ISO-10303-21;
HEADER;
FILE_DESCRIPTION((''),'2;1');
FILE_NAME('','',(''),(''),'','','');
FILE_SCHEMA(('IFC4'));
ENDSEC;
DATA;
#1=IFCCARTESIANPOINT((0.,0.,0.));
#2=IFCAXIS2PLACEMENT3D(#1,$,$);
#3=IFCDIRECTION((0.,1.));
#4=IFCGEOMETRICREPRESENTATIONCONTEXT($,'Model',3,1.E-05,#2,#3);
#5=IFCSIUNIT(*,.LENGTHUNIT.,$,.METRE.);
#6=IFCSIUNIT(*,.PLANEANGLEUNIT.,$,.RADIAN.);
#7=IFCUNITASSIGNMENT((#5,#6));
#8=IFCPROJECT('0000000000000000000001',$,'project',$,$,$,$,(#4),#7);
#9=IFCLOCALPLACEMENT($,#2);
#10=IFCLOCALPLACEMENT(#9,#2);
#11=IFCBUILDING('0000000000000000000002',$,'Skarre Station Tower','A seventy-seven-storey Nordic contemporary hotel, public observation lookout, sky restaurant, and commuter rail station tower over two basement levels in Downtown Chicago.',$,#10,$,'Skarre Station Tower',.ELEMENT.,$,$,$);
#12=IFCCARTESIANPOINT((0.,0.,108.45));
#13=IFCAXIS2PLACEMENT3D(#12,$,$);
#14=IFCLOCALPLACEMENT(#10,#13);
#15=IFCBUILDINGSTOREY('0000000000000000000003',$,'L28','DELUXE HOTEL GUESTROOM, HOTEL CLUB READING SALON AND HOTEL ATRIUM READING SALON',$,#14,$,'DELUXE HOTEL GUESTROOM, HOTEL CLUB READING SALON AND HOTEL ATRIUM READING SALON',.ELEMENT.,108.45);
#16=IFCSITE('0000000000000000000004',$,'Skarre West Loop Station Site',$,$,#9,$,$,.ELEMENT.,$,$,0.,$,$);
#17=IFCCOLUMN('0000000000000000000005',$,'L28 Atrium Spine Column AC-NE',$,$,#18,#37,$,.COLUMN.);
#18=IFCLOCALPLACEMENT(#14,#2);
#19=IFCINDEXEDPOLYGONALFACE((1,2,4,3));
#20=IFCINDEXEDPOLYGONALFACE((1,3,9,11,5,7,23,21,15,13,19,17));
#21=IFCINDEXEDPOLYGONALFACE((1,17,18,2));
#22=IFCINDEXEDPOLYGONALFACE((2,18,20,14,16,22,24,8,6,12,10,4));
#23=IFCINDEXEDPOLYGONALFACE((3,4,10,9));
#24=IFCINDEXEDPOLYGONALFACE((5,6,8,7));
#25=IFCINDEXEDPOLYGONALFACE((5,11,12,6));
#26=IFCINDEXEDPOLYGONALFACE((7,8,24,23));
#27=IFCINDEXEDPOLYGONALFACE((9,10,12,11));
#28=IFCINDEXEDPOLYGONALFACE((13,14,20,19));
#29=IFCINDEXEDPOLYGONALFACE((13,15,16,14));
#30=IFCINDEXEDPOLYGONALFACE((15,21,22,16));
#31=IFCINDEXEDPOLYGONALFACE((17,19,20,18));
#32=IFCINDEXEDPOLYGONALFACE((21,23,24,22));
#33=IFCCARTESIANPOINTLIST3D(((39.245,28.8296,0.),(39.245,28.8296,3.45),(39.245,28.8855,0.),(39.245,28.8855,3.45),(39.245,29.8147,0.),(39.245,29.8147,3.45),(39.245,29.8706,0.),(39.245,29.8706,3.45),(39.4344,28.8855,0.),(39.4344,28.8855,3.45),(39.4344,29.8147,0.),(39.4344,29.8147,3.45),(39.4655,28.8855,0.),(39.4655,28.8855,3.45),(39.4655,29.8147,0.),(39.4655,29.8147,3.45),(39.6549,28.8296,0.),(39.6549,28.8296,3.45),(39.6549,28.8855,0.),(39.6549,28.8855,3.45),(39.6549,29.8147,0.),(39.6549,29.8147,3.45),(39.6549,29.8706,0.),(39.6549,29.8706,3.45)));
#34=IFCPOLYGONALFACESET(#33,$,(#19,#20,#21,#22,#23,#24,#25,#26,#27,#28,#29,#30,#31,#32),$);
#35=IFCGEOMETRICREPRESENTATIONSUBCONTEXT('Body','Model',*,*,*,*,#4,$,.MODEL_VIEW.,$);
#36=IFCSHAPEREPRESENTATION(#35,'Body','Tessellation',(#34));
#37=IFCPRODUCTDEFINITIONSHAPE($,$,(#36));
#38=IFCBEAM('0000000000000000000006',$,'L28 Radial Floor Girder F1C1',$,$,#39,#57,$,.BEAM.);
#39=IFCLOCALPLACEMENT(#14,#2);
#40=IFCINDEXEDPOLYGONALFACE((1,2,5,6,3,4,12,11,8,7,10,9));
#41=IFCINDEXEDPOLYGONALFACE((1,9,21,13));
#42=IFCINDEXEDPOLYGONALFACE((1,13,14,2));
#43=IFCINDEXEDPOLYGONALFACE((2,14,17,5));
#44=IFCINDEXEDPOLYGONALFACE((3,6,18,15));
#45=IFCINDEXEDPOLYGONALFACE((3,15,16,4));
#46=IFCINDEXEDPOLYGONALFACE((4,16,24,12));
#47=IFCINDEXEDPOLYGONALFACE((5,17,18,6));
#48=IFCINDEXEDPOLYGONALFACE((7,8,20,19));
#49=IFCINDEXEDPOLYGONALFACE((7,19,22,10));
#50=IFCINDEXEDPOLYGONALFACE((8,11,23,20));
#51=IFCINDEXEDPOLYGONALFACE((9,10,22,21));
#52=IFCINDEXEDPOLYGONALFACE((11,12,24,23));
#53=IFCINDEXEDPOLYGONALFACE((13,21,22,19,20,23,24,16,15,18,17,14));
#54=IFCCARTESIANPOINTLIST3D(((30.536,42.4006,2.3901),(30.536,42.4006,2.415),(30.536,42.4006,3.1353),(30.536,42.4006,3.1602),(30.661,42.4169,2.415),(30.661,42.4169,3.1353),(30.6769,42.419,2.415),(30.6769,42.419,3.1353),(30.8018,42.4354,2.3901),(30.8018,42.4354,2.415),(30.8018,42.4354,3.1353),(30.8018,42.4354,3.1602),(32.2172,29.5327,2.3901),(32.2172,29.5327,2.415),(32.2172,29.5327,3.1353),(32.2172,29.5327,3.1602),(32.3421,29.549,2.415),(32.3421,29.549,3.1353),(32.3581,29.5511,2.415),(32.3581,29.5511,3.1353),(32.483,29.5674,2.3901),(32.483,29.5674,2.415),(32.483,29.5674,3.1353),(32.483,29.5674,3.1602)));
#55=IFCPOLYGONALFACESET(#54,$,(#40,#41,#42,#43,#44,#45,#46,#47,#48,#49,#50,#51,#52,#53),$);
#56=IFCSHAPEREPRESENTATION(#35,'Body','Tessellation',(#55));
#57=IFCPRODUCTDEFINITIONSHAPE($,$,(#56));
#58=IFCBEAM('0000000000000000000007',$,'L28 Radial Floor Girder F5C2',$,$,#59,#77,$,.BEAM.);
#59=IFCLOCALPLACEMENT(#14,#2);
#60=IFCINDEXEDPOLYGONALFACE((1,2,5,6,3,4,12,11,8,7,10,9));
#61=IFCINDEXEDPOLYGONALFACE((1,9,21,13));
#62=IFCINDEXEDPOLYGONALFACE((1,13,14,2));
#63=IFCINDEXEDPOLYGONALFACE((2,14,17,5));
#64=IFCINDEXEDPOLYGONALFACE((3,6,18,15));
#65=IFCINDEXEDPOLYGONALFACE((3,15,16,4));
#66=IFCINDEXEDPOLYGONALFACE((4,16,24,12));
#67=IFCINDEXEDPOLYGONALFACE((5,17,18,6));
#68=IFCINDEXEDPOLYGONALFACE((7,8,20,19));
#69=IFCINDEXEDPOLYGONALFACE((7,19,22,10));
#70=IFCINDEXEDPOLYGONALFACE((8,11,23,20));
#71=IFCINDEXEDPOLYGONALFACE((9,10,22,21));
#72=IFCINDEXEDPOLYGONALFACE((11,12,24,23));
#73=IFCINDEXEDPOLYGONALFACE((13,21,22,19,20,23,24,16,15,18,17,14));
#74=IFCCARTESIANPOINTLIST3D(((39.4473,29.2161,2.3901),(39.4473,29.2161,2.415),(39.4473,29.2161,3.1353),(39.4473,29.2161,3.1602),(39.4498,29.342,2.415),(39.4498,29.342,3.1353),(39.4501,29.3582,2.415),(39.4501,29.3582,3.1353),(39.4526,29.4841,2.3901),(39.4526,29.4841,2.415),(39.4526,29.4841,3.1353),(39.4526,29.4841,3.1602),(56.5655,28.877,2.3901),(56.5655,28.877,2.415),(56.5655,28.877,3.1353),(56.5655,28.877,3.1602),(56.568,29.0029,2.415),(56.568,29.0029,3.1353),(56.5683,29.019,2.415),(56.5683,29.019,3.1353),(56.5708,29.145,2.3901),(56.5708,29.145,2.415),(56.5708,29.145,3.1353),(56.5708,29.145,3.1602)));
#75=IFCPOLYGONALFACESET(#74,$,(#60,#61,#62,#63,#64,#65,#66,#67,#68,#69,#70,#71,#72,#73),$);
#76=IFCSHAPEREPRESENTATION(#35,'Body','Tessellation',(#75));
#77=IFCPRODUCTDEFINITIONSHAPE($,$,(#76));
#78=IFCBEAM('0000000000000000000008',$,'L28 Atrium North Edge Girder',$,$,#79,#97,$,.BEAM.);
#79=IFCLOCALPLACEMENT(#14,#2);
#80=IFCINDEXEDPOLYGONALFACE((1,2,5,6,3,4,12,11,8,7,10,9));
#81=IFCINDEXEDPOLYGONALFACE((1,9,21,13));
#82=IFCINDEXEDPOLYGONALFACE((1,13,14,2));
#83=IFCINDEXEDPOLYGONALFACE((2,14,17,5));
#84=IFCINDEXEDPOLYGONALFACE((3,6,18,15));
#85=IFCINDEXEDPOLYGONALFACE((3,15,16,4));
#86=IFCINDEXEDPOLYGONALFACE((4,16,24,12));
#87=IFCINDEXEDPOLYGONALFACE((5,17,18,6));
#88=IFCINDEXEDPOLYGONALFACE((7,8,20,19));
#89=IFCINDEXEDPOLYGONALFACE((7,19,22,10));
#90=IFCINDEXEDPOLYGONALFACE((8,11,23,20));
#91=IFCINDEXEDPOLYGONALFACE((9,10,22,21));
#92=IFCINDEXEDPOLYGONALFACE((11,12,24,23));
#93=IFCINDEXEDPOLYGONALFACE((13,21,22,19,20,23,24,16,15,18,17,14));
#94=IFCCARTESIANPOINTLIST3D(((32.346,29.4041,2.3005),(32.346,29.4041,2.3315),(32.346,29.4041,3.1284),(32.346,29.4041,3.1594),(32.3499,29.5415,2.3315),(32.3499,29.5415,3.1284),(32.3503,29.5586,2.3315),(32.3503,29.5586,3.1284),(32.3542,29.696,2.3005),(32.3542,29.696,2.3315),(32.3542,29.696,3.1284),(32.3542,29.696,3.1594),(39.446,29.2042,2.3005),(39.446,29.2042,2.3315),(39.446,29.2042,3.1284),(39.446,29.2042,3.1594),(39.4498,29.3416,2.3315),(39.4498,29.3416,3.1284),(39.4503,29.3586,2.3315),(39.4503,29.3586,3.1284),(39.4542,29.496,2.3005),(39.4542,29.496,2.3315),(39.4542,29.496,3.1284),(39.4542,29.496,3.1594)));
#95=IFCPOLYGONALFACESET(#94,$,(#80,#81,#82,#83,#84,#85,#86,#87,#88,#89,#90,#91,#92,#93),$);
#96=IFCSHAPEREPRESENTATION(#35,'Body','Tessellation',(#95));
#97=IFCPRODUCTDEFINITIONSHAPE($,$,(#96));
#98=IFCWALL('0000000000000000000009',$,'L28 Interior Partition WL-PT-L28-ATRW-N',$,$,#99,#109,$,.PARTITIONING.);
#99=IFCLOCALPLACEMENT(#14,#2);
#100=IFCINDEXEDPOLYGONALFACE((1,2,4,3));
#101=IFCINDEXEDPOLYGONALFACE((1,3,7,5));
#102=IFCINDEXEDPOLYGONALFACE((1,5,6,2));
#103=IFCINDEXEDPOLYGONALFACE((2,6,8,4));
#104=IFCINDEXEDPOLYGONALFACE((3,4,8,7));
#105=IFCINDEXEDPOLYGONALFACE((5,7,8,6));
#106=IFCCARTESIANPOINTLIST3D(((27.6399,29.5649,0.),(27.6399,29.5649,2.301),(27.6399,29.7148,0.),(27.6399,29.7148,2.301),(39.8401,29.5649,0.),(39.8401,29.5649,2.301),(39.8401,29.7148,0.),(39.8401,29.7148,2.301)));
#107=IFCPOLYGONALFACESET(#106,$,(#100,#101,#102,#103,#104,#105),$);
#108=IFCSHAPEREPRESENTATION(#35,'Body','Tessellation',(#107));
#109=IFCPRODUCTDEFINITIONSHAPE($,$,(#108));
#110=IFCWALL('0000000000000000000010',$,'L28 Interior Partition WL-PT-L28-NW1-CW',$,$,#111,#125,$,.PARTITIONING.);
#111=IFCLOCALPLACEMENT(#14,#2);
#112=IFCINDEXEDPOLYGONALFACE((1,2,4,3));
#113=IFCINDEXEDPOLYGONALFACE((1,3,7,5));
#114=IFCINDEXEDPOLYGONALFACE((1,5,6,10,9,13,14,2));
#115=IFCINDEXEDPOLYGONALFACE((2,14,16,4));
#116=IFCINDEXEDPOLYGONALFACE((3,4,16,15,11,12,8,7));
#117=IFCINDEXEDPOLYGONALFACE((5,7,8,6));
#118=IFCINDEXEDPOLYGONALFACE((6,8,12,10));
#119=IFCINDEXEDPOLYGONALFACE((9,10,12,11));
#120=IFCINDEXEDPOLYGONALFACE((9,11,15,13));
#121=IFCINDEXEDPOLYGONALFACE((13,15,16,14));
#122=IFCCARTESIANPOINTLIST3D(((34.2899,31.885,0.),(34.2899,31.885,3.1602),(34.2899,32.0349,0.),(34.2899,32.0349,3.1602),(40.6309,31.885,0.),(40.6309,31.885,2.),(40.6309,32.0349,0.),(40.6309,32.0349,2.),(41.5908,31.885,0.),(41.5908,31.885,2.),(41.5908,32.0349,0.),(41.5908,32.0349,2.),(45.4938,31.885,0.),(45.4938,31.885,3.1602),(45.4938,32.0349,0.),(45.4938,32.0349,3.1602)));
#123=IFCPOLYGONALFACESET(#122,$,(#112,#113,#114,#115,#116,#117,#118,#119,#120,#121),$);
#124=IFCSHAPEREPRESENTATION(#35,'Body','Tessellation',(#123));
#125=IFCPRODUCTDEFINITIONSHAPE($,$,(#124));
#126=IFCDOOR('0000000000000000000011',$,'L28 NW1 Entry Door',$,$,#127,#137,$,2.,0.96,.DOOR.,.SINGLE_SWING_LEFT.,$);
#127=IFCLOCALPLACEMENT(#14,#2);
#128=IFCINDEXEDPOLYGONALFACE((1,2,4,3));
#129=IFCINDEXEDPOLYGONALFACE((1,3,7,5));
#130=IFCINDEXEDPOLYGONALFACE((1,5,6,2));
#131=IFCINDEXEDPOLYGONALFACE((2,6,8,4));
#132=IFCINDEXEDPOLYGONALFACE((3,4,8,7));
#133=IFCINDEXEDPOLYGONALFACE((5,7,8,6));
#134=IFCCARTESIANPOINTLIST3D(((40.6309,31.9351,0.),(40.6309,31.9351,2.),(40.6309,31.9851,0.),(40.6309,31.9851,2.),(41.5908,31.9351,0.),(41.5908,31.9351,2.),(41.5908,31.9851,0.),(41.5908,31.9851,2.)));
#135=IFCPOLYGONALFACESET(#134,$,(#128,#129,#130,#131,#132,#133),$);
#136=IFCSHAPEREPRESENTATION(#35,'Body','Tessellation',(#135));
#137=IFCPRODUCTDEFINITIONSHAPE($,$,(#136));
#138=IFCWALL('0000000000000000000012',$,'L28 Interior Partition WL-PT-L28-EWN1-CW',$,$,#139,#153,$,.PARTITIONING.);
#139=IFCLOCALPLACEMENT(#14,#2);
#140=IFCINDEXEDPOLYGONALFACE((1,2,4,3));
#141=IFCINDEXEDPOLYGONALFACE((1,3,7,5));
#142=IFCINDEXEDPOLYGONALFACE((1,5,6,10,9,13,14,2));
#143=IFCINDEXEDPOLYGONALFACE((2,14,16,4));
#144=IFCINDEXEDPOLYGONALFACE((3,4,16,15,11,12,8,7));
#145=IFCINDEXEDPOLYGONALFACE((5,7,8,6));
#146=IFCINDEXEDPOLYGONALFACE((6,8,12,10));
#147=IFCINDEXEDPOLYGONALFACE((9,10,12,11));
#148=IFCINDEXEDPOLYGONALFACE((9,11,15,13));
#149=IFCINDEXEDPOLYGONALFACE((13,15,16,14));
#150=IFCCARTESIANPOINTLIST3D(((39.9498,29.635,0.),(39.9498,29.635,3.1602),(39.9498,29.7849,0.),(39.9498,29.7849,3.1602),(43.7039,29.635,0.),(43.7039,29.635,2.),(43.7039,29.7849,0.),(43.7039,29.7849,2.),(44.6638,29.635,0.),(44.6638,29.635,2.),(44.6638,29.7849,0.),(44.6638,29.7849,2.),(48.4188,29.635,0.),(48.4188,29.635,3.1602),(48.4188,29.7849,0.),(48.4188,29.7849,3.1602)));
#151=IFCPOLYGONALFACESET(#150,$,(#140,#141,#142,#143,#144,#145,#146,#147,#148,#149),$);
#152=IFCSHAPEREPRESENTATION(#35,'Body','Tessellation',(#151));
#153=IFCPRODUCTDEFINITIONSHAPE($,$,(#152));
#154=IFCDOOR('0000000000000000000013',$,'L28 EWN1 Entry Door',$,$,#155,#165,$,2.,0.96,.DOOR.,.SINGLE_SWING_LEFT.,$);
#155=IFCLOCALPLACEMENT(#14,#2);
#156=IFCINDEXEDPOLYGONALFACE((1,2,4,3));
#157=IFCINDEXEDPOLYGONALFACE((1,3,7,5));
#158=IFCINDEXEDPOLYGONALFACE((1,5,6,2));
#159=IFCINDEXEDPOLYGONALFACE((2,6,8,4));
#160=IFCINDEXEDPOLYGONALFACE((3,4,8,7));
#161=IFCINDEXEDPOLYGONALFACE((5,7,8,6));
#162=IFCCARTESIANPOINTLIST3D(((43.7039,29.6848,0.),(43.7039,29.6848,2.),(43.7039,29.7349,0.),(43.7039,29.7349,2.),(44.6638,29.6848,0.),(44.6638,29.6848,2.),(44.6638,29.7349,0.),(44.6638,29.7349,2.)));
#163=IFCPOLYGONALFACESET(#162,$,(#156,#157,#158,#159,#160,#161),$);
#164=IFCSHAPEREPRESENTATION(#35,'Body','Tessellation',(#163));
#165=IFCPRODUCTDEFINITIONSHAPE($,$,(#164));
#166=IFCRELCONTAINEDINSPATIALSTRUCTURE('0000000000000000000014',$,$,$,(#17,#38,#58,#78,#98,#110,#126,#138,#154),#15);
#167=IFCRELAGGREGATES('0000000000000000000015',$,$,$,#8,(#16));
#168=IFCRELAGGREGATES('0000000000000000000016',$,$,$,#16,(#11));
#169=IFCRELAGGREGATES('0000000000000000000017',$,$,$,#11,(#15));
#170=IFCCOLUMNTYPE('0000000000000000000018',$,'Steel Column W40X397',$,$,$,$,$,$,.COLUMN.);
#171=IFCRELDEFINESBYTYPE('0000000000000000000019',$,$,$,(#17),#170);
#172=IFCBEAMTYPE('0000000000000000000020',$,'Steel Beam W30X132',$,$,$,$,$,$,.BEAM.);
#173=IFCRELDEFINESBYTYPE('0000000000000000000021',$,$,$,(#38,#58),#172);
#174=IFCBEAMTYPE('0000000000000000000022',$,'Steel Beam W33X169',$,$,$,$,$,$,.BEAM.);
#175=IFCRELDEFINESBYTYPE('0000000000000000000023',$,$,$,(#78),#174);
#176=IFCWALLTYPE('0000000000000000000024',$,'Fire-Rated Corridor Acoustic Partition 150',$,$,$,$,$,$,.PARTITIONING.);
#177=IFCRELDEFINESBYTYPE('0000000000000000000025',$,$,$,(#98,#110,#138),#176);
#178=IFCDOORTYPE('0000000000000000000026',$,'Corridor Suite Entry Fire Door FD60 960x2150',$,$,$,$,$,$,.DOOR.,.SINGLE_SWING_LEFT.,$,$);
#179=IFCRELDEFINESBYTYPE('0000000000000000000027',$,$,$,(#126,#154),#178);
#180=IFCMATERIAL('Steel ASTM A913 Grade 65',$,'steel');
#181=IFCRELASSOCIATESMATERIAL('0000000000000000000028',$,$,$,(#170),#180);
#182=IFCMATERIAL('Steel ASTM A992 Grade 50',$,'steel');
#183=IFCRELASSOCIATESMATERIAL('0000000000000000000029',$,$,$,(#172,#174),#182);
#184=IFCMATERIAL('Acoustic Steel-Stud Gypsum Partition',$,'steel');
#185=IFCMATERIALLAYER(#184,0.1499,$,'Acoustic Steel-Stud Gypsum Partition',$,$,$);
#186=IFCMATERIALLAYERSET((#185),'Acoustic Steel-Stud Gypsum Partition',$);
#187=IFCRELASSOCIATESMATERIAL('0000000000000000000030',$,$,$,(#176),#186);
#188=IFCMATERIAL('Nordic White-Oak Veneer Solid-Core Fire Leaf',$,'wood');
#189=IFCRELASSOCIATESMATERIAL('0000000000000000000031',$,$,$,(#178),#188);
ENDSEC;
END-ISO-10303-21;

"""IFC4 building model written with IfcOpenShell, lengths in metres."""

from ifc_helpers import new_model, si_unit, direction, frame, frame_2d, origin, origin_2d, place, context, subcontext, project, spatial, rectangle, i_section, extrude, material, layer, layer_set, material_profile, profile_set, type_object, element, fill, save


model = new_model("IFC4")

# Units and contexts
model_context = context("Model", 3, precision=1e-05, world=origin(), true_north=direction((0.0, 1.0)))
body_context = subcontext(model_context, "Body", "Model", "MODEL_VIEW")
ifc_project = project(units=[si_unit("LENGTHUNIT", "METRE"), si_unit("PLANEANGLEUNIT", "RADIAN")], contexts=[model_context])

# Site, building, storey
site_placement = place(None, origin())
site = spatial("IfcSite", under=ifc_project, at=site_placement, Name="Skarre West Loop Station Site", CompositionType="ELEMENT", RefElevation=0.0)
building_placement = place(site_placement, origin())
building = spatial("IfcBuilding", under=site, at=building_placement, Name="Skarre Station Tower", Description="A seventy-seven-storey Nordic contemporary hotel, public observation lookout, sky restaurant, and commuter rail station tower over two basement levels in Downtown Chicago.", LongName="Skarre Station Tower", CompositionType="ELEMENT")
storey_placement = place(building_placement, frame((0.0, 0.0, 108.45)))
storey = spatial("IfcBuildingStorey", under=building, at=storey_placement, Name="L28", Description="DELUXE HOTEL GUESTROOM, HOTEL CLUB READING SALON AND HOTEL ATRIUM READING SALON", LongName="DELUXE HOTEL GUESTROOM, HOTEL CLUB READING SALON AND HOTEL ATRIUM READING SALON", CompositionType="ELEMENT", Elevation=108.45)

# Column
ifc_material_1 = material(Name="Steel ASTM A913 Grade 65", Category="steel")
ifc_material_profile_1 = material_profile(ifc_material_1, i_section(OverallWidth=0.4099, OverallDepth=1.041, WebThickness=0.031, FlangeThickness=0.0559, at=origin_2d()), Name="Steel ASTM A913 Grade 65")
ifc_profile_set_1 = profile_set([ifc_material_profile_1], Name="Steel ASTM A913 Grade 65")
column_type = type_object("IfcColumnType", Name="Steel Column W40X397", PredefinedType="COLUMN", material=ifc_profile_set_1)
column_placement = place(storey_placement, frame((39.45, 29.3501, 0.0), z_axis=(0.0, 0.0, 1.0), x_axis=(1.0, 0.0, 0.0)))
element("IfcColumn", 1, at=column_placement, inside=storey, type_object=column_type, Name="L28 Atrium Spine Column AC-NE", PredefinedType="COLUMN", context=body_context, shape_type="SweptSolid", body=[
    extrude(i_section(OverallWidth=0.4099, OverallDepth=1.041, WebThickness=0.031, FlangeThickness=0.0559, at=origin_2d()), origin(), (0.0, 0.0, 1.0), 3.45),
])

# Beams
ifc_material_2 = material(Name="Steel ASTM A992 Grade 50", Category="steel")
ifc_material_profile_2 = material_profile(ifc_material_2, i_section(OverallWidth=0.2681, OverallDepth=0.77, WebThickness=0.0161, FlangeThickness=0.0249, at=origin_2d()), Name="Steel ASTM A992 Grade 50")
ifc_profile_set_2 = profile_set([ifc_material_profile_2], Name="Steel ASTM A992 Grade 50")
beam_type_1 = type_object("IfcBeamType", Name="Steel Beam W30X132", PredefinedType="BEAM", material=ifc_profile_set_2)
beam_1_placement = place(storey_placement, frame((32.3501, 29.55, 2.7751), z_axis=(-0.129546, 0.991573, 0.0), x_axis=(-0.991573, -0.129546, 0.0)))
element("IfcBeam", 2, at=beam_1_placement, inside=storey, type_object=beam_type_1, Name="L28 Radial Floor Girder F1C1", PredefinedType="BEAM", context=body_context, shape_type="SweptSolid", body=[
    extrude(i_section(OverallWidth=0.2681, OverallDepth=0.77, WebThickness=0.0161, FlangeThickness=0.0249, at=origin_2d()), origin(), (0.0, 0.0, 1.0), 12.9773),
])
beam_2_placement = place(storey_placement, frame((39.45, 29.3501, 2.7751), z_axis=(0.999804, -0.019806, 0.0), x_axis=(0.019806, 0.999804, 0.0)))
element("IfcBeam", 3, at=beam_2_placement, inside=storey, type_object=beam_type_1, Name="L28 Radial Floor Girder F5C2", PredefinedType="BEAM", context=body_context, shape_type="SweptSolid", body=[
    extrude(i_section(OverallWidth=0.2681, OverallDepth=0.77, WebThickness=0.0161, FlangeThickness=0.0249, at=origin_2d()), origin(), (0.0, 0.0, 1.0), 17.1216),
])
ifc_material_profile_3 = material_profile(ifc_material_2, i_section(OverallWidth=0.292, OverallDepth=0.8589, WebThickness=0.0171, FlangeThickness=0.031, at=origin_2d()), Name="Steel ASTM A992 Grade 50")
ifc_profile_set_3 = profile_set([ifc_material_profile_3], Name="Steel ASTM A992 Grade 50")
beam_type_2 = type_object("IfcBeamType", Name="Steel Beam W33X169", PredefinedType="BEAM", material=ifc_profile_set_3)
beam_3_placement = place(storey_placement, frame((32.3501, 29.55, 2.73), z_axis=(0.999604, -0.028152, 0.0), x_axis=(0.028152, 0.999604, 0.0)))
element("IfcBeam", 4, at=beam_3_placement, inside=storey, type_object=beam_type_2, Name="L28 Atrium North Edge Girder", PredefinedType="BEAM", context=body_context, shape_type="SweptSolid", body=[
    extrude(i_section(OverallWidth=0.292, OverallDepth=0.8589, WebThickness=0.0171, FlangeThickness=0.031, at=origin_2d()), origin(), (0.0, 0.0, 1.0), 7.1028),
])

# Wall
ifc_material_3 = material(Name="Acoustic Steel-Stud Gypsum Partition", Category="steel")
ifc_layer_1 = layer(ifc_material_3, 0.1499, Name="Acoustic Steel-Stud Gypsum Partition")
ifc_layer_set_1 = layer_set([ifc_layer_1], Name="Acoustic Steel-Stud Gypsum Partition")
wall_type_1 = type_object("IfcWallType", Name="Fire-Rated Corridor Acoustic Partition 150", PredefinedType="PARTITIONING", material=ifc_layer_set_1)
wall_1_placement = place(storey_placement, frame((39.8401, 29.6399, 0.0), z_axis=(0.0, 0.0, 1.0), x_axis=(-1.0, 0.0, 0.0)))
element("IfcWall", 5, at=wall_1_placement, inside=storey, type_object=wall_type_1, Name="L28 Interior Partition WL-PT-L28-ATRW-N", PredefinedType="PARTITIONING", context=body_context, shape_type="SweptSolid", body=[
    extrude(rectangle(XDim=12.2002, YDim=0.1499, at=frame_2d((6.1001, 0.0))), origin(), (0.0, 0.0, 1.0), 2.301),
])

# Walls, openings, doors
wall_2_placement = place(storey_placement, frame((45.4939, 31.96, 0.0), z_axis=(0.0, 0.0, 1.0), x_axis=(-1.0, 0.0, 0.0)))
wall_2 = element("IfcWall", 6, at=wall_2_placement, inside=storey, type_object=wall_type_1, Name="L28 Interior Partition WL-PT-L28-NW1-CW", PredefinedType="PARTITIONING", context=body_context, shape_type="SweptSolid", body=[
    extrude(rectangle(XDim=11.2039, YDim=0.1499, at=frame_2d((5.6021, 0.0))), origin(), (0.0, 0.0, 1.0), 3.1602),
])
opening_1_placement = place(wall_2_placement, frame((3.9031, 0.0, 0.0)))
opening_1 = element("IfcOpeningElement", 7, at=opening_1_placement, cuts=wall_2, PredefinedType="OPENING", context=body_context, shape_type="SweptSolid", body=[
    extrude(rectangle(XDim=0.96, YDim=2.0, at=frame_2d((0.48, 1.0))), frame((0.0, 0.085, 0.0), z_axis=(0.0, -1.0, 0.0), x_axis=(1.0, 0.0, 0.0)), (0.0, 0.0, 1.0), 0.1699),
])
ifc_material_4 = material(Name="Nordic White-Oak Veneer Solid-Core Fire Leaf", Category="wood")
door_type_1 = type_object("IfcDoorType", Name="Corridor Suite Entry Fire Door FD60 960x2150", OperationType="SINGLE_SWING_LEFT", PredefinedType="DOOR", material=ifc_material_4)
door_1_placement = place(opening_1_placement, origin())
door_1 = element("IfcDoor", 8, at=door_1_placement, inside=storey, type_object=door_type_1, Name="L28 NW1 Entry Door", OperationType="SINGLE_SWING_LEFT", OverallHeight=2.0, OverallWidth=0.96, PredefinedType="DOOR", context=body_context, shape_type="SweptSolid", body=[
    extrude(rectangle(XDim=0.96, YDim=2.0, at=frame_2d((0.48, 1.0))), frame((0.0, 0.0249, 0.0), z_axis=(0.0, -1.0, 0.0), x_axis=(1.0, 0.0, 0.0)), (0.0, 0.0, 1.0), 0.05),
])
fill(opening_1, door_1)
wall_3_placement = place(storey_placement, frame((39.95, 29.71, 0.0), z_axis=(0.0, 0.0, 1.0), x_axis=(1.0, 0.0, 0.0)))
wall_3 = element("IfcWall", 9, at=wall_3_placement, inside=storey, type_object=wall_type_1, Name="L28 Interior Partition WL-PT-L28-EWN1-CW", PredefinedType="PARTITIONING", context=body_context, shape_type="SweptSolid", body=[
    extrude(rectangle(XDim=8.469, YDim=0.1499, at=frame_2d((4.2344, 0.0))), origin(), (0.0, 0.0, 1.0), 3.1602),
])
opening_2_placement = place(wall_3_placement, frame((3.7539, 0.0, 0.0)))
opening_2 = element("IfcOpeningElement", 10, at=opening_2_placement, cuts=wall_3, PredefinedType="OPENING", context=body_context, shape_type="SweptSolid", body=[
    extrude(rectangle(XDim=0.96, YDim=2.0, at=frame_2d((0.48, 1.0))), frame((0.0, 0.085, 0.0), z_axis=(0.0, -1.0, 0.0), x_axis=(1.0, 0.0, 0.0)), (0.0, 0.0, 1.0), 0.1699),
])
door_2_placement = place(opening_2_placement, origin())
door_2 = element("IfcDoor", 11, at=door_2_placement, inside=storey, type_object=door_type_1, Name="L28 EWN1 Entry Door", OperationType="SINGLE_SWING_LEFT", OverallHeight=2.0, OverallWidth=0.96, PredefinedType="DOOR", context=body_context, shape_type="SweptSolid", body=[
    extrude(rectangle(XDim=0.96, YDim=2.0, at=frame_2d((0.48, 1.0))), frame((0.0, 0.0249, 0.0), z_axis=(0.0, -1.0, 0.0), x_axis=(1.0, 0.0, 0.0)), (0.0, 0.0, 1.0), 0.05),
])
fill(opening_2, door_2)

save(model, "model.ifc")
